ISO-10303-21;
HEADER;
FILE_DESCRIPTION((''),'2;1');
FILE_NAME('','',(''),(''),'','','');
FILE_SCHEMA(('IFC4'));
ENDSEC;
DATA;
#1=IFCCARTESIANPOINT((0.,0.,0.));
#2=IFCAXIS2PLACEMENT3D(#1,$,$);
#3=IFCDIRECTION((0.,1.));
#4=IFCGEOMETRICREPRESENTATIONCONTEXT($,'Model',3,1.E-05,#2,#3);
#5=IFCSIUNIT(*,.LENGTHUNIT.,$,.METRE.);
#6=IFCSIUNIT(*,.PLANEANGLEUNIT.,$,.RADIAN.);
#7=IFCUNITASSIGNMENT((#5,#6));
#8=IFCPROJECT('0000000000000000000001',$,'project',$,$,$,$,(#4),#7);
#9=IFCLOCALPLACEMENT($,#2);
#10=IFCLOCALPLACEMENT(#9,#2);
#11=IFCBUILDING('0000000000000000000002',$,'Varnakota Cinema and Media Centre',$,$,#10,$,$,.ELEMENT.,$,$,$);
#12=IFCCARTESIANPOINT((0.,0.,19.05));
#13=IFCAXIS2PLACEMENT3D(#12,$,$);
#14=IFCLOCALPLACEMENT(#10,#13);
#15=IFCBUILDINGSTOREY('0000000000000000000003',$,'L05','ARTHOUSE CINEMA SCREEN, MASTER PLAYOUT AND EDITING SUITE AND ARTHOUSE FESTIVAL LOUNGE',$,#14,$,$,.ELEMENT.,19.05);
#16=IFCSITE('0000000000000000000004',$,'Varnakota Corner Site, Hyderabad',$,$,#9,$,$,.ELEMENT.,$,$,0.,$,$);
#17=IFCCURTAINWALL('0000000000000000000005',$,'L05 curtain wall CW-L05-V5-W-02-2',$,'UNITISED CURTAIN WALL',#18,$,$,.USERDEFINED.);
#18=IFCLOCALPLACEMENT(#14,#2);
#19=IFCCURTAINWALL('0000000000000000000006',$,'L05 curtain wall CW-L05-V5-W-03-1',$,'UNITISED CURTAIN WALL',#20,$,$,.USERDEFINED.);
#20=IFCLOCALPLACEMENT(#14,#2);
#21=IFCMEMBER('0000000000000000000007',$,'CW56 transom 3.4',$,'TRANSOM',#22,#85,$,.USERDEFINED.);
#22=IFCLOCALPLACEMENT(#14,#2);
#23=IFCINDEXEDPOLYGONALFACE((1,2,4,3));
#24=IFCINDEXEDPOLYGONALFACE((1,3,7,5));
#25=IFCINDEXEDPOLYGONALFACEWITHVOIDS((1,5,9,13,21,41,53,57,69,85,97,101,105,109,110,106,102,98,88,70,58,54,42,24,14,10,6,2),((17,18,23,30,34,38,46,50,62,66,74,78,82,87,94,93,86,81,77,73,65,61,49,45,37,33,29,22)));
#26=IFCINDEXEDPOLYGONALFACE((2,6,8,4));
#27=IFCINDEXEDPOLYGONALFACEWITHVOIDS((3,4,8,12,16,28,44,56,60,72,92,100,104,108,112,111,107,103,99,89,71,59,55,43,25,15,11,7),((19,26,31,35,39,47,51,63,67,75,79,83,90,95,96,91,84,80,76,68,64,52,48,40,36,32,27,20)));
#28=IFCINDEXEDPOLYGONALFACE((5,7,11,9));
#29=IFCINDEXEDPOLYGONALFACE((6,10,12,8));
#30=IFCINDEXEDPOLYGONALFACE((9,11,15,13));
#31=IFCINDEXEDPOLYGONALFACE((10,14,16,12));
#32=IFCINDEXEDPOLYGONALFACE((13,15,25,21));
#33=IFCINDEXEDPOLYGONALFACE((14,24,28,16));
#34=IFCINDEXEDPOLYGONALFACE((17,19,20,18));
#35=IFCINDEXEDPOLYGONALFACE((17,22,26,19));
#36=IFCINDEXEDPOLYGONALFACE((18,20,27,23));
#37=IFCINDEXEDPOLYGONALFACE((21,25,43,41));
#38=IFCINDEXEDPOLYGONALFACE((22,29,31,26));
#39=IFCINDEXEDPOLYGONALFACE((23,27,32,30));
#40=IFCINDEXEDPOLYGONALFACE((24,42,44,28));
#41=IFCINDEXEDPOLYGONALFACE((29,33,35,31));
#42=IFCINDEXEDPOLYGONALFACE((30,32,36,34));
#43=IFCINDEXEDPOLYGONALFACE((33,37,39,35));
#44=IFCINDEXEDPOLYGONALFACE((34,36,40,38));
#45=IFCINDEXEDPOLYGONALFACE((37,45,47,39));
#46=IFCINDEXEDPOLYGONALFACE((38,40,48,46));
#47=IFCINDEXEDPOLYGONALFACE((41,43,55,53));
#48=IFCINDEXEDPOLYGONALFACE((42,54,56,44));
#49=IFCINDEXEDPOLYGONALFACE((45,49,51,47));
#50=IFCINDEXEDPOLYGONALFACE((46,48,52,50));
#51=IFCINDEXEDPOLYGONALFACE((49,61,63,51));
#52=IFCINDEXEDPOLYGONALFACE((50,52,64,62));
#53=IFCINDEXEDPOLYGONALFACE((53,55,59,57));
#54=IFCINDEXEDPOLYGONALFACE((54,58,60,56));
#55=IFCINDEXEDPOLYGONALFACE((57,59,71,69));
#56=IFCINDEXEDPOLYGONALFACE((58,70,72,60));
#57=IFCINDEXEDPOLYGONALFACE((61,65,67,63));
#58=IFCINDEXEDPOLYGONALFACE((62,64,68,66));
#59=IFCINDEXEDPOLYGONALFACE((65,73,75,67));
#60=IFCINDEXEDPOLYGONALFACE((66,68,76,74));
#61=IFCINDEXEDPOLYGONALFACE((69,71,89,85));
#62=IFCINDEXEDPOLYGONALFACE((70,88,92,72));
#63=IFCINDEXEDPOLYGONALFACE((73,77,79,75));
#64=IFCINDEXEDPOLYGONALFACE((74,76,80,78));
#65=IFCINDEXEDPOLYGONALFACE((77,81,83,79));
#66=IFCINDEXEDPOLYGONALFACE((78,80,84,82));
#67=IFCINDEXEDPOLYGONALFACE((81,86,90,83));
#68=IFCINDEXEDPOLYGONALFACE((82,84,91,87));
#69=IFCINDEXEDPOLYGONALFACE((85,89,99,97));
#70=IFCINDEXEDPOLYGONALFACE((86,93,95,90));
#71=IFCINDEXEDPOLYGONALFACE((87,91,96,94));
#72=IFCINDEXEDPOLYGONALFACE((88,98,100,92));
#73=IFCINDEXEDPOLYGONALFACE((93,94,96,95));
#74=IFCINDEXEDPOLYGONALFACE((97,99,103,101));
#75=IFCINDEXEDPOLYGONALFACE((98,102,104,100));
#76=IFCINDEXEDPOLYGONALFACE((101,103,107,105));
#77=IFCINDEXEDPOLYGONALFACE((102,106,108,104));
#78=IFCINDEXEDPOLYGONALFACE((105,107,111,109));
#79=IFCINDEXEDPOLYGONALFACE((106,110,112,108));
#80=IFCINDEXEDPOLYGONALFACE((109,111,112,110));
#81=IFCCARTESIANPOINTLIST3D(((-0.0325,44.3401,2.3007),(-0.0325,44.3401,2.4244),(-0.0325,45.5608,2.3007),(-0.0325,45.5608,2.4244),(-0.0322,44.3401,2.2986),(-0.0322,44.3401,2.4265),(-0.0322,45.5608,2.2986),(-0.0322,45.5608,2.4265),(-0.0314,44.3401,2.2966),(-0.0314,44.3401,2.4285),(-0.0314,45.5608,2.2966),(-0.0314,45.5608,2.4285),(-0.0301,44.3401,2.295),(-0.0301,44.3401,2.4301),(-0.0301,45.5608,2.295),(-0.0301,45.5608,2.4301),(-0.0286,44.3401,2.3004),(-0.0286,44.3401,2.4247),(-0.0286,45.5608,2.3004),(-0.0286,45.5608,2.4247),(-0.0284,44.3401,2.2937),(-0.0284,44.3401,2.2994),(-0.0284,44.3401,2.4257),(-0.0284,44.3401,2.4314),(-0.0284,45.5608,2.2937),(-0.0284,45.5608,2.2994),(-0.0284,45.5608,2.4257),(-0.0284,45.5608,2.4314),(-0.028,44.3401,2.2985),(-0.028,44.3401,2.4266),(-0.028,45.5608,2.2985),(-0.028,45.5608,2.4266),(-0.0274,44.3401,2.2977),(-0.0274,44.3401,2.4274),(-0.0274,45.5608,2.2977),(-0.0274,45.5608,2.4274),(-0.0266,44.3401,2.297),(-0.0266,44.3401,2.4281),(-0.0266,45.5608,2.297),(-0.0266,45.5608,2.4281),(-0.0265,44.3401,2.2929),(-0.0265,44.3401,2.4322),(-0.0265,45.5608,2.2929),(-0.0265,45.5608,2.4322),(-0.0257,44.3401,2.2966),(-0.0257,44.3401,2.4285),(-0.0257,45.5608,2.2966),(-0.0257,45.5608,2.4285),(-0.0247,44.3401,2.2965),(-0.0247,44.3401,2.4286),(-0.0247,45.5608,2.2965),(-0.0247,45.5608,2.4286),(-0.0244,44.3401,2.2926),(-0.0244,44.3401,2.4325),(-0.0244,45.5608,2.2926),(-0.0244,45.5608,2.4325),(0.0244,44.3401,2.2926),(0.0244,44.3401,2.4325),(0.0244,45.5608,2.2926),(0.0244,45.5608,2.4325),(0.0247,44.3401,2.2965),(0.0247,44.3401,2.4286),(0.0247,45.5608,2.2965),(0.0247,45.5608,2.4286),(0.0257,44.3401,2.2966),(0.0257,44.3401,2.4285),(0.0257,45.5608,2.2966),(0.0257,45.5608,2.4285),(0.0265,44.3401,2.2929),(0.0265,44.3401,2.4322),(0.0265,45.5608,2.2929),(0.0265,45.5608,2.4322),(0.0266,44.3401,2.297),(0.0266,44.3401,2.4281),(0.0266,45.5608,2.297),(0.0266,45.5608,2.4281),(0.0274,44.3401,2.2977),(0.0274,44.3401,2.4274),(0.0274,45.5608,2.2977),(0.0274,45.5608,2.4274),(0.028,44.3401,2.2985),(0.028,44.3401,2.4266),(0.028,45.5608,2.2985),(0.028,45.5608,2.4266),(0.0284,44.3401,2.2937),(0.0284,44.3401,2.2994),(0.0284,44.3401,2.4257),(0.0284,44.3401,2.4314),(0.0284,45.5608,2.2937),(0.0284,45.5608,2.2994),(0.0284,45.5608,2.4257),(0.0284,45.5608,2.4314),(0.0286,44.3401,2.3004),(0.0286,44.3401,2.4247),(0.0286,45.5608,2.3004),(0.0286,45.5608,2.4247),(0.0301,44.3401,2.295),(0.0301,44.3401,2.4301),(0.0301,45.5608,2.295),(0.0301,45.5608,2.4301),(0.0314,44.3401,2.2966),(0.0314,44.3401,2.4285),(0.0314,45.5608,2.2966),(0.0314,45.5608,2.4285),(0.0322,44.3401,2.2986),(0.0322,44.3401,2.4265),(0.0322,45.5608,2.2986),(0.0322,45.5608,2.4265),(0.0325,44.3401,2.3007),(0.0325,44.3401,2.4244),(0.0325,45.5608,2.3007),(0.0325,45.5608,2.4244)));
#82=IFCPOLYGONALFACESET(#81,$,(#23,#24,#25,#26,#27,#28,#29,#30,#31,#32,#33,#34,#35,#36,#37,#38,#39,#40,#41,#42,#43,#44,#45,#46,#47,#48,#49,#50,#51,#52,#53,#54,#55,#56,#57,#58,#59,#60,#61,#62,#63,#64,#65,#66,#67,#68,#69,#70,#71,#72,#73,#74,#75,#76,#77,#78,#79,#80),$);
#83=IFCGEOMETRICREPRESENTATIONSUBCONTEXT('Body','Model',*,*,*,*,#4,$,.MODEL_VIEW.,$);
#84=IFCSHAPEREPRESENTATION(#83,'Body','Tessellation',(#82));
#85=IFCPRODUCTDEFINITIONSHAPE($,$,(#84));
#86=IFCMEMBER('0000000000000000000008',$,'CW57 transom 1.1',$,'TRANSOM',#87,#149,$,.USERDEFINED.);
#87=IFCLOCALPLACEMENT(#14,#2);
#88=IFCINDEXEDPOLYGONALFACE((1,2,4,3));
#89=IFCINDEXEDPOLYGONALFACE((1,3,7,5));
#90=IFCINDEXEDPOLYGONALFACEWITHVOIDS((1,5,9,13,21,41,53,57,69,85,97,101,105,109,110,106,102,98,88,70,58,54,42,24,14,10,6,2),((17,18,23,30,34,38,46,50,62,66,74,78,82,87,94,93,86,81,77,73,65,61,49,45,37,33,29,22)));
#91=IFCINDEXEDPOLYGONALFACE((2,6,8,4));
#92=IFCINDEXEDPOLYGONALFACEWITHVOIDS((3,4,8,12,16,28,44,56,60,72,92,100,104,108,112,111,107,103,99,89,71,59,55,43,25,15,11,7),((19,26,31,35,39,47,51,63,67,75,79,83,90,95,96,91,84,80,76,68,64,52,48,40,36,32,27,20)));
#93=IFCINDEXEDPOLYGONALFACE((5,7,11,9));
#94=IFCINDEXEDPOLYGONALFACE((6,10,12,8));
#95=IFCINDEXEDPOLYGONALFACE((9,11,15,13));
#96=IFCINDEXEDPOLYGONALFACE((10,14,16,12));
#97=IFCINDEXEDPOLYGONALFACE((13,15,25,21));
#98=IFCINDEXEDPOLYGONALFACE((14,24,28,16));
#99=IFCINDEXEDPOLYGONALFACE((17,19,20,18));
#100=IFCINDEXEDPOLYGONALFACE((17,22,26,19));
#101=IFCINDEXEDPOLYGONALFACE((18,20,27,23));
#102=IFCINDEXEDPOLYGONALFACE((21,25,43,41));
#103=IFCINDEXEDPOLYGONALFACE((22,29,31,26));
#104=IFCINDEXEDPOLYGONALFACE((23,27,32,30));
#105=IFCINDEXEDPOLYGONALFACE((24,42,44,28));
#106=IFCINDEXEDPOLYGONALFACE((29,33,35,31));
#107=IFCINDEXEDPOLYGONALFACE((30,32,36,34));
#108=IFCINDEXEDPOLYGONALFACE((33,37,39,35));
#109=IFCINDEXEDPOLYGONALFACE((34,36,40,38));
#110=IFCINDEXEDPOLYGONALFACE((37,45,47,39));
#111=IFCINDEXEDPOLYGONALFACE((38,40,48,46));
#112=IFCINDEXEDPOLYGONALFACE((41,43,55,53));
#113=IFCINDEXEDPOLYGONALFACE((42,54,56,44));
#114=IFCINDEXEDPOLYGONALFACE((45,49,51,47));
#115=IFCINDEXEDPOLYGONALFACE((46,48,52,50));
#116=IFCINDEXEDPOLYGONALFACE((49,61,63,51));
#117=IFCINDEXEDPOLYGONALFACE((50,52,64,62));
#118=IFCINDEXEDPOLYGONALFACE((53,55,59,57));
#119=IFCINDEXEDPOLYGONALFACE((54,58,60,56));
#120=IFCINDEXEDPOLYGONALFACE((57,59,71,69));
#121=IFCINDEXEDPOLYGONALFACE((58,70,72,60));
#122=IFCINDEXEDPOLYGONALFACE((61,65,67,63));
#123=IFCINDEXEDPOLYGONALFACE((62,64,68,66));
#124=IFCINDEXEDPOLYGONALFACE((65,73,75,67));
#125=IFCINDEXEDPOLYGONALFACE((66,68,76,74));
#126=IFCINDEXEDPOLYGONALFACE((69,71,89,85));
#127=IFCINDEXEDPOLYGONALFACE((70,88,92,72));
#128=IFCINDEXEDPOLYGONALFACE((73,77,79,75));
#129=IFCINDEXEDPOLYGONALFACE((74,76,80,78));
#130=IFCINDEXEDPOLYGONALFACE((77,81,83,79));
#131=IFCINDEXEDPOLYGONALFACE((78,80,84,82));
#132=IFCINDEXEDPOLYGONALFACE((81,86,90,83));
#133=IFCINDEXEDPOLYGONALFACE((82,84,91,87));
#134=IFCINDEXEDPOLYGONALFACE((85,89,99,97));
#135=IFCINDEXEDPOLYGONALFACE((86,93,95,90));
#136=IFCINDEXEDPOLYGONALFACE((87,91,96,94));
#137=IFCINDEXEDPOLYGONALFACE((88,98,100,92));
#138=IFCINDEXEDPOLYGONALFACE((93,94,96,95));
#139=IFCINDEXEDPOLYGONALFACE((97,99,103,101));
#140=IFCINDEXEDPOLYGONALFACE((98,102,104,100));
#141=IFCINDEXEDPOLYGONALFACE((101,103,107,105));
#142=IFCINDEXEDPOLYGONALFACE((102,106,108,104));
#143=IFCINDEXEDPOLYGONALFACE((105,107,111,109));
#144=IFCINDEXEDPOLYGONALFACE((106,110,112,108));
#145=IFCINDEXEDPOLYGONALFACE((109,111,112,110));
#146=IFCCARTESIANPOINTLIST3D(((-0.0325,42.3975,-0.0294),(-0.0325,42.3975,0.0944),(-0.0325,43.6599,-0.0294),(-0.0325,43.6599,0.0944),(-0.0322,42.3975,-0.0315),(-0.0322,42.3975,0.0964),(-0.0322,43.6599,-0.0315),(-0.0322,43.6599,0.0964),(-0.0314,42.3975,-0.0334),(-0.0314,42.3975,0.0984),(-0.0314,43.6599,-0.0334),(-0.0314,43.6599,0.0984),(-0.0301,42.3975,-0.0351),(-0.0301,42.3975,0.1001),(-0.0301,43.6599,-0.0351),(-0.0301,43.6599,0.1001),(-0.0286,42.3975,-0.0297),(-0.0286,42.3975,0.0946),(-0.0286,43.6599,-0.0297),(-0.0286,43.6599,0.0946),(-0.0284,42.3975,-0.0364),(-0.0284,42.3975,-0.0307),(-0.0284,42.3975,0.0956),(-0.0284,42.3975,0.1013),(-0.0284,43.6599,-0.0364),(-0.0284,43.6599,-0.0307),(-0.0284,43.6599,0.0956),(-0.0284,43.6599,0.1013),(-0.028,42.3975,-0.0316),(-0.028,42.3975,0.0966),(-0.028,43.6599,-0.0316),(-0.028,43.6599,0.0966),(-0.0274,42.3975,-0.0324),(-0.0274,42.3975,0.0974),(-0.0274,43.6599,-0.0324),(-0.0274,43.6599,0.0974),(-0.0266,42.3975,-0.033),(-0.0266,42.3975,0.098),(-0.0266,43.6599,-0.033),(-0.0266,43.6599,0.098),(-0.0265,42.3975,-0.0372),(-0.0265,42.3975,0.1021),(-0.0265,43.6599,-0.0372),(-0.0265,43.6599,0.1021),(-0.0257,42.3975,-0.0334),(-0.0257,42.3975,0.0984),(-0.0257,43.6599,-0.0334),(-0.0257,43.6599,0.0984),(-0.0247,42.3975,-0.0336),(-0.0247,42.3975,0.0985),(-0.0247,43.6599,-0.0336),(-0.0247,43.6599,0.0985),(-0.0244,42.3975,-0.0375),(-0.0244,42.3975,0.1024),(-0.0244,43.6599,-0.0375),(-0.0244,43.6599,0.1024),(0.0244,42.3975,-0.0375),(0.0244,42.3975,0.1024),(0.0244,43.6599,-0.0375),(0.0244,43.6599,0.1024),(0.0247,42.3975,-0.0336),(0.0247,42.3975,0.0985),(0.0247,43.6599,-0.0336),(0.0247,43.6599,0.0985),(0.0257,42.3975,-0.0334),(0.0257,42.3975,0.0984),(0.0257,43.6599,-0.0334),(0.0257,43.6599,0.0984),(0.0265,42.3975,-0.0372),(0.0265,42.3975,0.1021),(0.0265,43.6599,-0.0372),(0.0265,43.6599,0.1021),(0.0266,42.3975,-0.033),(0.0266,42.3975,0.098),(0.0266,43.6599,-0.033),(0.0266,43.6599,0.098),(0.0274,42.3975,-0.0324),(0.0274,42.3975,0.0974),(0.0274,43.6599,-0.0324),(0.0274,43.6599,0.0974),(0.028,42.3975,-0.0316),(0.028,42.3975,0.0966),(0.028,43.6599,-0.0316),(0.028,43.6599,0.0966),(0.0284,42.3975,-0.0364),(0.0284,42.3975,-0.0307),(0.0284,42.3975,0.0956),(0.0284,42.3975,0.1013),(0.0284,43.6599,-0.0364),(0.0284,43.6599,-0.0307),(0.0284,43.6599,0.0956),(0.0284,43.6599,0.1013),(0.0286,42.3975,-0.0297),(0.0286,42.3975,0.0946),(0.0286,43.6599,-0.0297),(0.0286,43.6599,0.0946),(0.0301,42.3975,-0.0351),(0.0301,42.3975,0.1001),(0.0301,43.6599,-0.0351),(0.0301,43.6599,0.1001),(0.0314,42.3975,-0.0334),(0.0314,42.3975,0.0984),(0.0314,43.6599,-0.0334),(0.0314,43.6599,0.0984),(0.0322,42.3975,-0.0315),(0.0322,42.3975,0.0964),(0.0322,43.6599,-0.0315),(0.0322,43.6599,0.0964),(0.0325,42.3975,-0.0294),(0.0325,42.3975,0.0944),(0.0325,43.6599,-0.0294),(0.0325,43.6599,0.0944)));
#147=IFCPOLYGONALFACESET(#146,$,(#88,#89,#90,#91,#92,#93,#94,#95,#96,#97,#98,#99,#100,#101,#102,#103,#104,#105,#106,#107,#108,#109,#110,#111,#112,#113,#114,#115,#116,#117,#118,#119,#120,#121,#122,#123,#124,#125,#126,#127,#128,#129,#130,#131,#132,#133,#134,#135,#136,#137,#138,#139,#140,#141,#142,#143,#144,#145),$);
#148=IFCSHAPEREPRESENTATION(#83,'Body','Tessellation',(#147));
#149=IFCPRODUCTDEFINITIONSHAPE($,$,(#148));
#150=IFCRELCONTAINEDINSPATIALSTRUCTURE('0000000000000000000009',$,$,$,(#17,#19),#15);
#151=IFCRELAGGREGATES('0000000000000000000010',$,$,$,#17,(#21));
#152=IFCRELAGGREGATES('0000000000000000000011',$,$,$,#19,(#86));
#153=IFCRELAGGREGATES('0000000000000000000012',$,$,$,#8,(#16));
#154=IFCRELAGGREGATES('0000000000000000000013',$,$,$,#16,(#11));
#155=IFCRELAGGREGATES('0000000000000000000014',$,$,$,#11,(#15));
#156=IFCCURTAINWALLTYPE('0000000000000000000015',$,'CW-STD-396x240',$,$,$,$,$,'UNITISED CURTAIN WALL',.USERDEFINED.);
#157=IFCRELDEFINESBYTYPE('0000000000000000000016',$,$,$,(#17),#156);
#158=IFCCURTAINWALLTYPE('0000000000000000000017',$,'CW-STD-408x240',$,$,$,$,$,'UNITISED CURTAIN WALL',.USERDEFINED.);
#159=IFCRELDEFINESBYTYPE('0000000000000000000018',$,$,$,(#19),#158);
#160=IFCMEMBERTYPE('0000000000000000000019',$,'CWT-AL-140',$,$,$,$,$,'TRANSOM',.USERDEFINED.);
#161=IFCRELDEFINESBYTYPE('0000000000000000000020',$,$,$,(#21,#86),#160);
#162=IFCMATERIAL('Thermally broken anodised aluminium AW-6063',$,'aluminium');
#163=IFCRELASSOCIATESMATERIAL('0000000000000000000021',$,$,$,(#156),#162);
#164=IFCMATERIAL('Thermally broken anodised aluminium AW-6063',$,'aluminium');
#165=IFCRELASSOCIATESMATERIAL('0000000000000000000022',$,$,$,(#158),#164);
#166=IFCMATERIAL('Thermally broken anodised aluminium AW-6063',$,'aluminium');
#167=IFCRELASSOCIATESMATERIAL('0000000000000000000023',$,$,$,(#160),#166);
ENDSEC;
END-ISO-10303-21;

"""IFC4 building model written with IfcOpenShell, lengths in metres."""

from ifc_helpers import new_model, si_unit, direction, frame, origin, origin_2d, place, context, subcontext, project, spatial, hollow_rectangle, extrude, material, material_profile, profile_set, type_object, element, aggregate, save


model = new_model("IFC4")

# Units and contexts
model_context = context("Model", 3, precision=1e-05, world=origin(), true_north=direction((0.0, 1.0)))
body_context = subcontext(model_context, "Body", "Model", "MODEL_VIEW")
ifc_project = project(units=[si_unit("LENGTHUNIT", "METRE"), si_unit("PLANEANGLEUNIT", "RADIAN")], contexts=[model_context])

# Site, building, storey
site_placement = place(None, origin())
site = spatial("IfcSite", under=ifc_project, at=site_placement, Name="Varnakota Corner Site, Hyderabad", CompositionType="ELEMENT", RefElevation=0.0)
building_placement = place(site_placement, origin())
building = spatial("IfcBuilding", under=site, at=building_placement, Name="Varnakota Cinema and Media Centre", CompositionType="ELEMENT")
storey_placement = place(building_placement, frame((0.0, 0.0, 19.05)))
storey = spatial("IfcBuildingStorey", under=building, at=storey_placement, Name="L05", Description="ARTHOUSE CINEMA SCREEN, MASTER PLAYOUT AND EDITING SUITE AND ARTHOUSE FESTIVAL LOUNGE", CompositionType="ELEMENT", Elevation=19.05)

# Curtain wall
ifc_material_1 = material(Name="Thermally broken anodised aluminium AW-6063", Category="aluminium")
curtain_wall_type_1 = type_object("IfcCurtainWallType", Name="CW-STD-396x240", ElementType="UNITISED CURTAIN WALL", PredefinedType="USERDEFINED", material=ifc_material_1)
curtain_wall_1_placement = place(storey_placement, origin())
curtain_wall_1 = element("IfcCurtainWall", 1, at=curtain_wall_1_placement, inside=storey, type_object=curtain_wall_type_1, Name="L05 curtain wall CW-L05-V5-W-02-2", ObjectType="UNITISED CURTAIN WALL", PredefinedType="USERDEFINED")

# Curtain wall
ifc_material_2 = material(Name="Thermally broken anodised aluminium AW-6063", Category="aluminium")
curtain_wall_type_2 = type_object("IfcCurtainWallType", Name="CW-STD-408x240", ElementType="UNITISED CURTAIN WALL", PredefinedType="USERDEFINED", material=ifc_material_2)
curtain_wall_2_placement = place(storey_placement, origin())
curtain_wall_2 = element("IfcCurtainWall", 2, at=curtain_wall_2_placement, inside=storey, type_object=curtain_wall_type_2, Name="L05 curtain wall CW-L05-V5-W-03-1", ObjectType="UNITISED CURTAIN WALL", PredefinedType="USERDEFINED")

# Members
ifc_material_3 = material(Name="Thermally broken anodised aluminium AW-6063", Category="aluminium")
ifc_material_profile_1 = material_profile(ifc_material_3, hollow_rectangle(XDim=0.0649, YDim=0.1399, WallThickness=0.0039, InnerFilletRadius=0.0039, OuterFilletRadius=0.0081, at=origin_2d()), Name="AL-TRANSOM 140x65x4")
ifc_profile_set_1 = profile_set([ifc_material_profile_1], Name="Thermally broken anodised aluminium AW-6063")
member_type_1 = type_object("IfcMemberType", Name="CWT-AL-140", ElementType="TRANSOM", PredefinedType="USERDEFINED", material=ifc_profile_set_1)
member_1_placement = place(storey_placement, frame((0.0, 45.5608, 2.3625), z_axis=(0.0, -1.0, 0.0), x_axis=(1.0, 0.0, 0.0)))
member_1 = element("IfcMember", 3, at=member_1_placement, type_object=member_type_1, Name="CW56 transom 3.4", ObjectType="TRANSOM", PredefinedType="USERDEFINED", context=body_context, shape_type="SweptSolid", body=[
    extrude(hollow_rectangle(XDim=0.0649, YDim=0.1399, WallThickness=0.0039, InnerFilletRadius=0.0039, OuterFilletRadius=0.0081, at=origin_2d()), origin(), (0.0, 0.0, 1.0), 1.2207),
])
member_2_placement = place(storey_placement, frame((0.0, 43.6599, 0.0325), z_axis=(0.0, -1.0, 0.0), x_axis=(1.0, 0.0, 0.0)))
member_2 = element("IfcMember", 4, at=member_2_placement, type_object=member_type_1, Name="CW57 transom 1.1", ObjectType="TRANSOM", PredefinedType="USERDEFINED", context=body_context, shape_type="SweptSolid", body=[
    extrude(hollow_rectangle(XDim=0.0649, YDim=0.1399, WallThickness=0.0039, InnerFilletRadius=0.0039, OuterFilletRadius=0.0081, at=origin_2d()), origin(), (0.0, 0.0, 1.0), 1.2625),
])

aggregate(curtain_wall_1, [member_1])
aggregate(curtain_wall_2, [member_2])

save(model, "model.ifc")
